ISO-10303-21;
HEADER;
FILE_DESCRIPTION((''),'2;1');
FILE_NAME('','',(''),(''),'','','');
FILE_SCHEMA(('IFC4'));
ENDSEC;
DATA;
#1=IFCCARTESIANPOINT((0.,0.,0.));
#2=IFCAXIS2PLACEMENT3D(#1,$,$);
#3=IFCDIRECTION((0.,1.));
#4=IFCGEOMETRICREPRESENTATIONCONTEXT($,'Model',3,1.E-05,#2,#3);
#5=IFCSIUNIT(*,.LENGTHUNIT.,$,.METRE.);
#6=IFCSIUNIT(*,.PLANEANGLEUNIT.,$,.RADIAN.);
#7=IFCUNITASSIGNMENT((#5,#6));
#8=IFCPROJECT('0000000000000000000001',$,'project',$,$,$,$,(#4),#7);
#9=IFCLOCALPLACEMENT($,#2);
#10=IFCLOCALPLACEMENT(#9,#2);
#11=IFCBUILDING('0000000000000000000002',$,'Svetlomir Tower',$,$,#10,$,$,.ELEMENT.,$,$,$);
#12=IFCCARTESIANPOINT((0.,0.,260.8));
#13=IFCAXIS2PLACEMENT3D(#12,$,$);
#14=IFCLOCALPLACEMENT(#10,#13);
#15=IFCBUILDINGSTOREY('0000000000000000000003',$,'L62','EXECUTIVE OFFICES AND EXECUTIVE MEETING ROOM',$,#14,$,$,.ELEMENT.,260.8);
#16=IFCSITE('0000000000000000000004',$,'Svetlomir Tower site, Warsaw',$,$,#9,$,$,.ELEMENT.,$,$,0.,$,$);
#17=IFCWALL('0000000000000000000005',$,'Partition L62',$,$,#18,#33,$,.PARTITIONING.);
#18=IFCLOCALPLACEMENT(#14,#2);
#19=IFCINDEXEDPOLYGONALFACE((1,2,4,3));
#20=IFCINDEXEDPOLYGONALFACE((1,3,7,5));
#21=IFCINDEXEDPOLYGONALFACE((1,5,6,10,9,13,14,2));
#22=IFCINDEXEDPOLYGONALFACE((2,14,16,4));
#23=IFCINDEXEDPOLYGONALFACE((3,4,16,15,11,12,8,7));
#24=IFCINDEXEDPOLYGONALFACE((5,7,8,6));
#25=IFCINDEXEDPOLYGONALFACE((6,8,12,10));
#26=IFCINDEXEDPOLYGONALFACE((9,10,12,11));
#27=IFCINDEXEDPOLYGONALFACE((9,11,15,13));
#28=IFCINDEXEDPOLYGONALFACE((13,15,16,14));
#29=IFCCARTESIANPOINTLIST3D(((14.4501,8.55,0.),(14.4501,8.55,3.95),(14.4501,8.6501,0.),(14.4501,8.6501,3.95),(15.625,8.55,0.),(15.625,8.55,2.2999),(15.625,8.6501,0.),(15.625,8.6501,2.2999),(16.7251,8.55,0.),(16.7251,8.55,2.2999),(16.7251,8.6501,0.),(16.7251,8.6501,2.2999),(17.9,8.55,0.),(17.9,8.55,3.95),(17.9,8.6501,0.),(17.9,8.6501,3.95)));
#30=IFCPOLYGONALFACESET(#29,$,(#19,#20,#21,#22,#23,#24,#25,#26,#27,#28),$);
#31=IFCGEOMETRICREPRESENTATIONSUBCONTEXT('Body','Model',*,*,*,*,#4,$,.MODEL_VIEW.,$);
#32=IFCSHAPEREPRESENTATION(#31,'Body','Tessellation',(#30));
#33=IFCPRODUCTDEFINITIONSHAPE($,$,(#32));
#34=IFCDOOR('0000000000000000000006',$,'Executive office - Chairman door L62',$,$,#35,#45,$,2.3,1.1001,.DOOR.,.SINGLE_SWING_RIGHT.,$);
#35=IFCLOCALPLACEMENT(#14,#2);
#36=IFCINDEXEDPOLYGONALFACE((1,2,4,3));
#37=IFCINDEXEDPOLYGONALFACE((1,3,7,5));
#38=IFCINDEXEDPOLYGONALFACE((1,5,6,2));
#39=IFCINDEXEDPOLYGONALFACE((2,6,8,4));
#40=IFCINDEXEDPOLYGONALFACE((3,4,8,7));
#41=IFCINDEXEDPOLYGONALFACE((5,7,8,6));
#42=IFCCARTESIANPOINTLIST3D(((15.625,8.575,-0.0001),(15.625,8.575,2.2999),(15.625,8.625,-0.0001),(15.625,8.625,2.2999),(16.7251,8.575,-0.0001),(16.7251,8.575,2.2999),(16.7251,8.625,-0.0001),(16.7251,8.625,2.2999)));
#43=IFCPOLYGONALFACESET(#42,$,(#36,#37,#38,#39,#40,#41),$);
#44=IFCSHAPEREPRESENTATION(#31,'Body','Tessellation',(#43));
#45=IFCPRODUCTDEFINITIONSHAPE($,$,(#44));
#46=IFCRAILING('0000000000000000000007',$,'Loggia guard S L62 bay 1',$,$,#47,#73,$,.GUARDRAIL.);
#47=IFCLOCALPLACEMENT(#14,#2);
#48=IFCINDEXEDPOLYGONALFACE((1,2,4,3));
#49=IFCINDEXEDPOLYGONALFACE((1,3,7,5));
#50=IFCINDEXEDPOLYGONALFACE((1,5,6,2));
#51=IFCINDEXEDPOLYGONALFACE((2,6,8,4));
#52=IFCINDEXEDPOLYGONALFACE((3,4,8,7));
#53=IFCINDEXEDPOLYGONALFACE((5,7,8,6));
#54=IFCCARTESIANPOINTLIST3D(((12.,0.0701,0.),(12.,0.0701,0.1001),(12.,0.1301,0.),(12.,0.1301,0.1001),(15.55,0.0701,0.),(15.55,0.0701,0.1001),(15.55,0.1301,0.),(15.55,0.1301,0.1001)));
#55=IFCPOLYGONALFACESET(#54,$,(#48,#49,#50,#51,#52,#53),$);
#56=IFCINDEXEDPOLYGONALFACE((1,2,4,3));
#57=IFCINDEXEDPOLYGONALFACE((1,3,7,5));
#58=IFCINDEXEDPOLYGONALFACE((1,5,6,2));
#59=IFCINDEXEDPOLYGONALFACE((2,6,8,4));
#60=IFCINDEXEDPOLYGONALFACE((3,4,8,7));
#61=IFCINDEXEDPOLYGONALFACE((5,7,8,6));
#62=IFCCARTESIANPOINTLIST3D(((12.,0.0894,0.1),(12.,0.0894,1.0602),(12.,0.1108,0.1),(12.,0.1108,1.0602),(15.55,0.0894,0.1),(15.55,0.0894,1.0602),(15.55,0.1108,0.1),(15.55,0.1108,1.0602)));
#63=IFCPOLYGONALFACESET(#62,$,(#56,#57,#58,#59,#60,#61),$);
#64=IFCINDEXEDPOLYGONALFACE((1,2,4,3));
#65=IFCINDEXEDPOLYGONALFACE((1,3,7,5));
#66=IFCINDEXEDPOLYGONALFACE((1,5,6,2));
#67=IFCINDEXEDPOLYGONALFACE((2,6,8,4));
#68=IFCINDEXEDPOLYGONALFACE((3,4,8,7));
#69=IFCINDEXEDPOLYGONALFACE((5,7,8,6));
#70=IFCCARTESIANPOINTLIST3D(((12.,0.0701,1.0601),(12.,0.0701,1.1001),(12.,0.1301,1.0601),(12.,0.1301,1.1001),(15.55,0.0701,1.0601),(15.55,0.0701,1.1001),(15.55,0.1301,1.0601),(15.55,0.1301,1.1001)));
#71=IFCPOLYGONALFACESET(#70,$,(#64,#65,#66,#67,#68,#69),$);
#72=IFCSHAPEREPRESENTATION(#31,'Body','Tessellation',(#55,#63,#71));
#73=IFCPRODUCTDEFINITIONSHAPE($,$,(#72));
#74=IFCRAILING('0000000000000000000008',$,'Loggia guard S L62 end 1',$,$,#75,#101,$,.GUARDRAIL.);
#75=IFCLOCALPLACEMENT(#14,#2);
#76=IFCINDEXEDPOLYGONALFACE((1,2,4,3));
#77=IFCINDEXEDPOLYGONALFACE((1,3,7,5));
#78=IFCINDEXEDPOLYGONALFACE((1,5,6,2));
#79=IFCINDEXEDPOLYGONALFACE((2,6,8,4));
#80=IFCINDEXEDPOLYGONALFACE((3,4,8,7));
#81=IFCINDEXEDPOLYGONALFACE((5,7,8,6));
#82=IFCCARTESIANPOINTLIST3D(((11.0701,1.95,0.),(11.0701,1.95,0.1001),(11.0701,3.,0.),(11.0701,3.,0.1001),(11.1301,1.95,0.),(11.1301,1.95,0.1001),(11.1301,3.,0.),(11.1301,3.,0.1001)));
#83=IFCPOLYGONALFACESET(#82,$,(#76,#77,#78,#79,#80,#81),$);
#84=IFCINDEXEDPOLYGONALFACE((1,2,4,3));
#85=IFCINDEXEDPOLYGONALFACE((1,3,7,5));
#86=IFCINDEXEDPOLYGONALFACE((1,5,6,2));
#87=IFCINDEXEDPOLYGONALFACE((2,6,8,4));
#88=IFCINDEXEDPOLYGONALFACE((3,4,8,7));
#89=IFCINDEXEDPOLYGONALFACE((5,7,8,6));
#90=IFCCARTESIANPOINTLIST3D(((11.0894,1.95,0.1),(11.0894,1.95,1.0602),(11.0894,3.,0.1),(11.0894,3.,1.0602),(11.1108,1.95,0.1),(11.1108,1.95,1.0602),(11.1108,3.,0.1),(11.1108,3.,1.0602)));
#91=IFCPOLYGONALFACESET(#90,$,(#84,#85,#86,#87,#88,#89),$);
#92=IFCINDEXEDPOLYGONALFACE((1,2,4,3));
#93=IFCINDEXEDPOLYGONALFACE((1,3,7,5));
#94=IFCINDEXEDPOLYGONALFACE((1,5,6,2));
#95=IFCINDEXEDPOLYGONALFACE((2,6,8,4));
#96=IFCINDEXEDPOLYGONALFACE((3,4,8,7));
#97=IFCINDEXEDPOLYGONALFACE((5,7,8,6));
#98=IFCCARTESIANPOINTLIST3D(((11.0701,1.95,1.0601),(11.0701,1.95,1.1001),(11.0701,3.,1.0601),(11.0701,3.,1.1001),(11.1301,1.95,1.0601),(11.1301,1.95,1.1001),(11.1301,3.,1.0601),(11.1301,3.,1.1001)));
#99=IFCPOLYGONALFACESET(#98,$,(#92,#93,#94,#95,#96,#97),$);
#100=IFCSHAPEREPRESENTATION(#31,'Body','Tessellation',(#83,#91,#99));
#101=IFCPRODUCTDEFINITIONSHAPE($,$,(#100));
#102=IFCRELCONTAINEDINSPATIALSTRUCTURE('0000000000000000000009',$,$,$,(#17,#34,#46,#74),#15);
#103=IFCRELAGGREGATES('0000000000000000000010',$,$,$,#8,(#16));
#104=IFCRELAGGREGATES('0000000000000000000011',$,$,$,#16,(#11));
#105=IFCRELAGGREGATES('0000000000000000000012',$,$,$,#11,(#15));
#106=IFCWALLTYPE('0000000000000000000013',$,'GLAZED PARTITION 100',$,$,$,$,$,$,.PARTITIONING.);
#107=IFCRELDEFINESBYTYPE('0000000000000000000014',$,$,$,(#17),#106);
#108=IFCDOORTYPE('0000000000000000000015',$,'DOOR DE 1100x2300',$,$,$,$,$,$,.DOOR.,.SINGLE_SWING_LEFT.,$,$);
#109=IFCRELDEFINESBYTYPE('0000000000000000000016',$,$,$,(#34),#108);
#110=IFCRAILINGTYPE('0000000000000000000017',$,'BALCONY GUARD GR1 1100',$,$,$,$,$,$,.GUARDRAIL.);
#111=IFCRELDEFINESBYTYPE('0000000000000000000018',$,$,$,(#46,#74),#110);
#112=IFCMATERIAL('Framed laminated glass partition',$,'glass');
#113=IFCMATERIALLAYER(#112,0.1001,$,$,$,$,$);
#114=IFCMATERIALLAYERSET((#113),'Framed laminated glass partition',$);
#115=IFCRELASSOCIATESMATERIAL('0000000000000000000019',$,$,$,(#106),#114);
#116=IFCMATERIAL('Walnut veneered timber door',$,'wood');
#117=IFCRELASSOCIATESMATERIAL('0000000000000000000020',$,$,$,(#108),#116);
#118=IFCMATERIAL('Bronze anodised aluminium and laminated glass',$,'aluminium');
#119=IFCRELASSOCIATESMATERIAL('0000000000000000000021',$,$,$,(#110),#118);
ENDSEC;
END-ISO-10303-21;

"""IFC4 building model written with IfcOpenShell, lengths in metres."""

from ifc_helpers import new_model, si_unit, direction, frame, frame_2d, origin, origin_2d, place, context, subcontext, project, spatial, rectangle, extrude, material, layer, layer_set, type_object, element, fill, save


model = new_model("IFC4")

# Units and contexts
model_context = context("Model", 3, precision=1e-05, world=origin(), true_north=direction((0.0, 1.0)))
body_context = subcontext(model_context, "Body", "Model", "MODEL_VIEW")
ifc_project = project(units=[si_unit("LENGTHUNIT", "METRE"), si_unit("PLANEANGLEUNIT", "RADIAN")], contexts=[model_context])

# Site, building, storey
site_placement = place(None, origin())
site = spatial("IfcSite", under=ifc_project, at=site_placement, Name="Svetlomir Tower site, Warsaw", CompositionType="ELEMENT", RefElevation=0.0)
building_placement = place(site_placement, origin())
building = spatial("IfcBuilding", under=site, at=building_placement, Name="Svetlomir Tower", CompositionType="ELEMENT")
storey_placement = place(building_placement, frame((0.0, 0.0, 260.8)))
storey = spatial("IfcBuildingStorey", under=building, at=storey_placement, Name="L62", Description="EXECUTIVE OFFICES AND EXECUTIVE MEETING ROOM", CompositionType="ELEMENT", Elevation=260.8)

# Shared definitions
ifc_material_1 = material(Name="Framed laminated glass partition", Category="glass")
ifc_layer_1 = layer(ifc_material_1, 0.1001)
ifc_layer_set_1 = layer_set([ifc_layer_1], Name="Framed laminated glass partition")
wall_type = type_object("IfcWallType", Name="GLAZED PARTITION 100", PredefinedType="PARTITIONING", material=ifc_layer_set_1)

# Wall, opening, door
wall_1_placement = place(storey_placement, frame((14.45, 8.6001, 0.0), z_axis=(0.0, 0.0, 1.0), x_axis=(1.0, 0.0, 0.0)))
wall_1 = element("IfcWall", 1, at=wall_1_placement, inside=storey, type_object=wall_type, Name="Partition L62", PredefinedType="PARTITIONING", context=body_context, shape_type="SweptSolid", body=[
    extrude(rectangle(XDim=3.45, YDim=0.1001, at=frame_2d((1.7251, 0.0))), origin(), (0.0, 0.0, 1.0), 3.95),
])
opening_placement = place(wall_1_placement, frame((1.175, 0.0, 0.0)))
opening = element("IfcOpeningElement", 2, at=opening_placement, cuts=wall_1, PredefinedType="OPENING", context=body_context, shape_type="SweptSolid", body=[
    extrude(rectangle(XDim=1.1001, YDim=2.3, at=frame_2d((0.55, 1.1499))), frame((0.0, 0.0601, 0.0), z_axis=(0.0, -1.0, 0.0), x_axis=(1.0, 0.0, 0.0)), (0.0, 0.0, 1.0), 0.1201),
])
ifc_material_2 = material(Name="Walnut veneered timber door", Category="wood")
door_type = type_object("IfcDoorType", Name="DOOR DE 1100x2300", OperationType="SINGLE_SWING_LEFT", PredefinedType="DOOR", material=ifc_material_2)
door_placement = place(opening_placement, origin())
door = element("IfcDoor", 3, at=door_placement, inside=storey, type_object=door_type, Name="Executive office - Chairman door L62", OperationType="SINGLE_SWING_RIGHT", OverallHeight=2.3, OverallWidth=1.1001, PredefinedType="DOOR", context=body_context, shape_type="SweptSolid", body=[
    extrude(rectangle(XDim=1.1001, YDim=2.3, at=frame_2d((0.55, 1.1499))), frame((0.0, 0.0249, 0.0), z_axis=(0.0, -1.0, 0.0), x_axis=(1.0, 0.0, 0.0)), (0.0, 0.0, 1.0), 0.05),
])
fill(opening, door)

# Railings
ifc_material_3 = material(Name="Bronze anodised aluminium and laminated glass", Category="aluminium")
railing_type = type_object("IfcRailingType", Name="BALCONY GUARD GR1 1100", PredefinedType="GUARDRAIL", material=ifc_material_3)
railing_1_placement = place(storey_placement, frame((12.0, 0.1001, 0.0)))
element("IfcRailing", 4, at=railing_1_placement, inside=storey, type_object=railing_type, Name="Loggia guard S L62 bay 1", PredefinedType="GUARDRAIL", context=body_context, shape_type="SweptSolid", body=[
    extrude(rectangle(XDim=0.0601, YDim=0.1001, at=origin_2d()), frame((0.0, 0.0, 0.05), z_axis=(1.0, 0.0, 0.0), x_axis=(0.0, 1.0, 0.0)), (0.0, 0.0, 1.0), 3.55),
    extrude(rectangle(XDim=0.0215, YDim=0.9602, at=origin_2d()), frame((0.0, 0.0, 0.5801), z_axis=(1.0, 0.0, 0.0), x_axis=(0.0, 1.0, 0.0)), (0.0, 0.0, 1.0), 3.55),
    extrude(rectangle(XDim=0.0601, YDim=0.04, at=origin_2d()), frame((0.0, 0.0, 1.0801), z_axis=(1.0, 0.0, 0.0), x_axis=(0.0, 1.0, 0.0)), (0.0, 0.0, 1.0), 3.55),
])
railing_2_placement = place(storey_placement, frame((11.1001, 1.95, 0.0)))
element("IfcRailing", 5, at=railing_2_placement, inside=storey, type_object=railing_type, Name="Loggia guard S L62 end 1", PredefinedType="GUARDRAIL", context=body_context, shape_type="SweptSolid", body=[
    extrude(rectangle(XDim=0.0601, YDim=0.1001, at=origin_2d()), frame((0.0, 0.0, 0.05), z_axis=(0.0, 1.0, 0.0), x_axis=(-1.0, 0.0, 0.0)), (0.0, 0.0, 1.0), 1.05),
    extrude(rectangle(XDim=0.0215, YDim=0.9602, at=origin_2d()), frame((0.0, 0.0, 0.5801), z_axis=(0.0, 1.0, 0.0), x_axis=(-1.0, 0.0, 0.0)), (0.0, 0.0, 1.0), 1.05),
    extrude(rectangle(XDim=0.0601, YDim=0.04, at=origin_2d()), frame((0.0, 0.0, 1.0801), z_axis=(0.0, 1.0, 0.0), x_axis=(-1.0, 0.0, 0.0)), (0.0, 0.0, 1.0), 1.05),
])

save(model, "model.ifc")
